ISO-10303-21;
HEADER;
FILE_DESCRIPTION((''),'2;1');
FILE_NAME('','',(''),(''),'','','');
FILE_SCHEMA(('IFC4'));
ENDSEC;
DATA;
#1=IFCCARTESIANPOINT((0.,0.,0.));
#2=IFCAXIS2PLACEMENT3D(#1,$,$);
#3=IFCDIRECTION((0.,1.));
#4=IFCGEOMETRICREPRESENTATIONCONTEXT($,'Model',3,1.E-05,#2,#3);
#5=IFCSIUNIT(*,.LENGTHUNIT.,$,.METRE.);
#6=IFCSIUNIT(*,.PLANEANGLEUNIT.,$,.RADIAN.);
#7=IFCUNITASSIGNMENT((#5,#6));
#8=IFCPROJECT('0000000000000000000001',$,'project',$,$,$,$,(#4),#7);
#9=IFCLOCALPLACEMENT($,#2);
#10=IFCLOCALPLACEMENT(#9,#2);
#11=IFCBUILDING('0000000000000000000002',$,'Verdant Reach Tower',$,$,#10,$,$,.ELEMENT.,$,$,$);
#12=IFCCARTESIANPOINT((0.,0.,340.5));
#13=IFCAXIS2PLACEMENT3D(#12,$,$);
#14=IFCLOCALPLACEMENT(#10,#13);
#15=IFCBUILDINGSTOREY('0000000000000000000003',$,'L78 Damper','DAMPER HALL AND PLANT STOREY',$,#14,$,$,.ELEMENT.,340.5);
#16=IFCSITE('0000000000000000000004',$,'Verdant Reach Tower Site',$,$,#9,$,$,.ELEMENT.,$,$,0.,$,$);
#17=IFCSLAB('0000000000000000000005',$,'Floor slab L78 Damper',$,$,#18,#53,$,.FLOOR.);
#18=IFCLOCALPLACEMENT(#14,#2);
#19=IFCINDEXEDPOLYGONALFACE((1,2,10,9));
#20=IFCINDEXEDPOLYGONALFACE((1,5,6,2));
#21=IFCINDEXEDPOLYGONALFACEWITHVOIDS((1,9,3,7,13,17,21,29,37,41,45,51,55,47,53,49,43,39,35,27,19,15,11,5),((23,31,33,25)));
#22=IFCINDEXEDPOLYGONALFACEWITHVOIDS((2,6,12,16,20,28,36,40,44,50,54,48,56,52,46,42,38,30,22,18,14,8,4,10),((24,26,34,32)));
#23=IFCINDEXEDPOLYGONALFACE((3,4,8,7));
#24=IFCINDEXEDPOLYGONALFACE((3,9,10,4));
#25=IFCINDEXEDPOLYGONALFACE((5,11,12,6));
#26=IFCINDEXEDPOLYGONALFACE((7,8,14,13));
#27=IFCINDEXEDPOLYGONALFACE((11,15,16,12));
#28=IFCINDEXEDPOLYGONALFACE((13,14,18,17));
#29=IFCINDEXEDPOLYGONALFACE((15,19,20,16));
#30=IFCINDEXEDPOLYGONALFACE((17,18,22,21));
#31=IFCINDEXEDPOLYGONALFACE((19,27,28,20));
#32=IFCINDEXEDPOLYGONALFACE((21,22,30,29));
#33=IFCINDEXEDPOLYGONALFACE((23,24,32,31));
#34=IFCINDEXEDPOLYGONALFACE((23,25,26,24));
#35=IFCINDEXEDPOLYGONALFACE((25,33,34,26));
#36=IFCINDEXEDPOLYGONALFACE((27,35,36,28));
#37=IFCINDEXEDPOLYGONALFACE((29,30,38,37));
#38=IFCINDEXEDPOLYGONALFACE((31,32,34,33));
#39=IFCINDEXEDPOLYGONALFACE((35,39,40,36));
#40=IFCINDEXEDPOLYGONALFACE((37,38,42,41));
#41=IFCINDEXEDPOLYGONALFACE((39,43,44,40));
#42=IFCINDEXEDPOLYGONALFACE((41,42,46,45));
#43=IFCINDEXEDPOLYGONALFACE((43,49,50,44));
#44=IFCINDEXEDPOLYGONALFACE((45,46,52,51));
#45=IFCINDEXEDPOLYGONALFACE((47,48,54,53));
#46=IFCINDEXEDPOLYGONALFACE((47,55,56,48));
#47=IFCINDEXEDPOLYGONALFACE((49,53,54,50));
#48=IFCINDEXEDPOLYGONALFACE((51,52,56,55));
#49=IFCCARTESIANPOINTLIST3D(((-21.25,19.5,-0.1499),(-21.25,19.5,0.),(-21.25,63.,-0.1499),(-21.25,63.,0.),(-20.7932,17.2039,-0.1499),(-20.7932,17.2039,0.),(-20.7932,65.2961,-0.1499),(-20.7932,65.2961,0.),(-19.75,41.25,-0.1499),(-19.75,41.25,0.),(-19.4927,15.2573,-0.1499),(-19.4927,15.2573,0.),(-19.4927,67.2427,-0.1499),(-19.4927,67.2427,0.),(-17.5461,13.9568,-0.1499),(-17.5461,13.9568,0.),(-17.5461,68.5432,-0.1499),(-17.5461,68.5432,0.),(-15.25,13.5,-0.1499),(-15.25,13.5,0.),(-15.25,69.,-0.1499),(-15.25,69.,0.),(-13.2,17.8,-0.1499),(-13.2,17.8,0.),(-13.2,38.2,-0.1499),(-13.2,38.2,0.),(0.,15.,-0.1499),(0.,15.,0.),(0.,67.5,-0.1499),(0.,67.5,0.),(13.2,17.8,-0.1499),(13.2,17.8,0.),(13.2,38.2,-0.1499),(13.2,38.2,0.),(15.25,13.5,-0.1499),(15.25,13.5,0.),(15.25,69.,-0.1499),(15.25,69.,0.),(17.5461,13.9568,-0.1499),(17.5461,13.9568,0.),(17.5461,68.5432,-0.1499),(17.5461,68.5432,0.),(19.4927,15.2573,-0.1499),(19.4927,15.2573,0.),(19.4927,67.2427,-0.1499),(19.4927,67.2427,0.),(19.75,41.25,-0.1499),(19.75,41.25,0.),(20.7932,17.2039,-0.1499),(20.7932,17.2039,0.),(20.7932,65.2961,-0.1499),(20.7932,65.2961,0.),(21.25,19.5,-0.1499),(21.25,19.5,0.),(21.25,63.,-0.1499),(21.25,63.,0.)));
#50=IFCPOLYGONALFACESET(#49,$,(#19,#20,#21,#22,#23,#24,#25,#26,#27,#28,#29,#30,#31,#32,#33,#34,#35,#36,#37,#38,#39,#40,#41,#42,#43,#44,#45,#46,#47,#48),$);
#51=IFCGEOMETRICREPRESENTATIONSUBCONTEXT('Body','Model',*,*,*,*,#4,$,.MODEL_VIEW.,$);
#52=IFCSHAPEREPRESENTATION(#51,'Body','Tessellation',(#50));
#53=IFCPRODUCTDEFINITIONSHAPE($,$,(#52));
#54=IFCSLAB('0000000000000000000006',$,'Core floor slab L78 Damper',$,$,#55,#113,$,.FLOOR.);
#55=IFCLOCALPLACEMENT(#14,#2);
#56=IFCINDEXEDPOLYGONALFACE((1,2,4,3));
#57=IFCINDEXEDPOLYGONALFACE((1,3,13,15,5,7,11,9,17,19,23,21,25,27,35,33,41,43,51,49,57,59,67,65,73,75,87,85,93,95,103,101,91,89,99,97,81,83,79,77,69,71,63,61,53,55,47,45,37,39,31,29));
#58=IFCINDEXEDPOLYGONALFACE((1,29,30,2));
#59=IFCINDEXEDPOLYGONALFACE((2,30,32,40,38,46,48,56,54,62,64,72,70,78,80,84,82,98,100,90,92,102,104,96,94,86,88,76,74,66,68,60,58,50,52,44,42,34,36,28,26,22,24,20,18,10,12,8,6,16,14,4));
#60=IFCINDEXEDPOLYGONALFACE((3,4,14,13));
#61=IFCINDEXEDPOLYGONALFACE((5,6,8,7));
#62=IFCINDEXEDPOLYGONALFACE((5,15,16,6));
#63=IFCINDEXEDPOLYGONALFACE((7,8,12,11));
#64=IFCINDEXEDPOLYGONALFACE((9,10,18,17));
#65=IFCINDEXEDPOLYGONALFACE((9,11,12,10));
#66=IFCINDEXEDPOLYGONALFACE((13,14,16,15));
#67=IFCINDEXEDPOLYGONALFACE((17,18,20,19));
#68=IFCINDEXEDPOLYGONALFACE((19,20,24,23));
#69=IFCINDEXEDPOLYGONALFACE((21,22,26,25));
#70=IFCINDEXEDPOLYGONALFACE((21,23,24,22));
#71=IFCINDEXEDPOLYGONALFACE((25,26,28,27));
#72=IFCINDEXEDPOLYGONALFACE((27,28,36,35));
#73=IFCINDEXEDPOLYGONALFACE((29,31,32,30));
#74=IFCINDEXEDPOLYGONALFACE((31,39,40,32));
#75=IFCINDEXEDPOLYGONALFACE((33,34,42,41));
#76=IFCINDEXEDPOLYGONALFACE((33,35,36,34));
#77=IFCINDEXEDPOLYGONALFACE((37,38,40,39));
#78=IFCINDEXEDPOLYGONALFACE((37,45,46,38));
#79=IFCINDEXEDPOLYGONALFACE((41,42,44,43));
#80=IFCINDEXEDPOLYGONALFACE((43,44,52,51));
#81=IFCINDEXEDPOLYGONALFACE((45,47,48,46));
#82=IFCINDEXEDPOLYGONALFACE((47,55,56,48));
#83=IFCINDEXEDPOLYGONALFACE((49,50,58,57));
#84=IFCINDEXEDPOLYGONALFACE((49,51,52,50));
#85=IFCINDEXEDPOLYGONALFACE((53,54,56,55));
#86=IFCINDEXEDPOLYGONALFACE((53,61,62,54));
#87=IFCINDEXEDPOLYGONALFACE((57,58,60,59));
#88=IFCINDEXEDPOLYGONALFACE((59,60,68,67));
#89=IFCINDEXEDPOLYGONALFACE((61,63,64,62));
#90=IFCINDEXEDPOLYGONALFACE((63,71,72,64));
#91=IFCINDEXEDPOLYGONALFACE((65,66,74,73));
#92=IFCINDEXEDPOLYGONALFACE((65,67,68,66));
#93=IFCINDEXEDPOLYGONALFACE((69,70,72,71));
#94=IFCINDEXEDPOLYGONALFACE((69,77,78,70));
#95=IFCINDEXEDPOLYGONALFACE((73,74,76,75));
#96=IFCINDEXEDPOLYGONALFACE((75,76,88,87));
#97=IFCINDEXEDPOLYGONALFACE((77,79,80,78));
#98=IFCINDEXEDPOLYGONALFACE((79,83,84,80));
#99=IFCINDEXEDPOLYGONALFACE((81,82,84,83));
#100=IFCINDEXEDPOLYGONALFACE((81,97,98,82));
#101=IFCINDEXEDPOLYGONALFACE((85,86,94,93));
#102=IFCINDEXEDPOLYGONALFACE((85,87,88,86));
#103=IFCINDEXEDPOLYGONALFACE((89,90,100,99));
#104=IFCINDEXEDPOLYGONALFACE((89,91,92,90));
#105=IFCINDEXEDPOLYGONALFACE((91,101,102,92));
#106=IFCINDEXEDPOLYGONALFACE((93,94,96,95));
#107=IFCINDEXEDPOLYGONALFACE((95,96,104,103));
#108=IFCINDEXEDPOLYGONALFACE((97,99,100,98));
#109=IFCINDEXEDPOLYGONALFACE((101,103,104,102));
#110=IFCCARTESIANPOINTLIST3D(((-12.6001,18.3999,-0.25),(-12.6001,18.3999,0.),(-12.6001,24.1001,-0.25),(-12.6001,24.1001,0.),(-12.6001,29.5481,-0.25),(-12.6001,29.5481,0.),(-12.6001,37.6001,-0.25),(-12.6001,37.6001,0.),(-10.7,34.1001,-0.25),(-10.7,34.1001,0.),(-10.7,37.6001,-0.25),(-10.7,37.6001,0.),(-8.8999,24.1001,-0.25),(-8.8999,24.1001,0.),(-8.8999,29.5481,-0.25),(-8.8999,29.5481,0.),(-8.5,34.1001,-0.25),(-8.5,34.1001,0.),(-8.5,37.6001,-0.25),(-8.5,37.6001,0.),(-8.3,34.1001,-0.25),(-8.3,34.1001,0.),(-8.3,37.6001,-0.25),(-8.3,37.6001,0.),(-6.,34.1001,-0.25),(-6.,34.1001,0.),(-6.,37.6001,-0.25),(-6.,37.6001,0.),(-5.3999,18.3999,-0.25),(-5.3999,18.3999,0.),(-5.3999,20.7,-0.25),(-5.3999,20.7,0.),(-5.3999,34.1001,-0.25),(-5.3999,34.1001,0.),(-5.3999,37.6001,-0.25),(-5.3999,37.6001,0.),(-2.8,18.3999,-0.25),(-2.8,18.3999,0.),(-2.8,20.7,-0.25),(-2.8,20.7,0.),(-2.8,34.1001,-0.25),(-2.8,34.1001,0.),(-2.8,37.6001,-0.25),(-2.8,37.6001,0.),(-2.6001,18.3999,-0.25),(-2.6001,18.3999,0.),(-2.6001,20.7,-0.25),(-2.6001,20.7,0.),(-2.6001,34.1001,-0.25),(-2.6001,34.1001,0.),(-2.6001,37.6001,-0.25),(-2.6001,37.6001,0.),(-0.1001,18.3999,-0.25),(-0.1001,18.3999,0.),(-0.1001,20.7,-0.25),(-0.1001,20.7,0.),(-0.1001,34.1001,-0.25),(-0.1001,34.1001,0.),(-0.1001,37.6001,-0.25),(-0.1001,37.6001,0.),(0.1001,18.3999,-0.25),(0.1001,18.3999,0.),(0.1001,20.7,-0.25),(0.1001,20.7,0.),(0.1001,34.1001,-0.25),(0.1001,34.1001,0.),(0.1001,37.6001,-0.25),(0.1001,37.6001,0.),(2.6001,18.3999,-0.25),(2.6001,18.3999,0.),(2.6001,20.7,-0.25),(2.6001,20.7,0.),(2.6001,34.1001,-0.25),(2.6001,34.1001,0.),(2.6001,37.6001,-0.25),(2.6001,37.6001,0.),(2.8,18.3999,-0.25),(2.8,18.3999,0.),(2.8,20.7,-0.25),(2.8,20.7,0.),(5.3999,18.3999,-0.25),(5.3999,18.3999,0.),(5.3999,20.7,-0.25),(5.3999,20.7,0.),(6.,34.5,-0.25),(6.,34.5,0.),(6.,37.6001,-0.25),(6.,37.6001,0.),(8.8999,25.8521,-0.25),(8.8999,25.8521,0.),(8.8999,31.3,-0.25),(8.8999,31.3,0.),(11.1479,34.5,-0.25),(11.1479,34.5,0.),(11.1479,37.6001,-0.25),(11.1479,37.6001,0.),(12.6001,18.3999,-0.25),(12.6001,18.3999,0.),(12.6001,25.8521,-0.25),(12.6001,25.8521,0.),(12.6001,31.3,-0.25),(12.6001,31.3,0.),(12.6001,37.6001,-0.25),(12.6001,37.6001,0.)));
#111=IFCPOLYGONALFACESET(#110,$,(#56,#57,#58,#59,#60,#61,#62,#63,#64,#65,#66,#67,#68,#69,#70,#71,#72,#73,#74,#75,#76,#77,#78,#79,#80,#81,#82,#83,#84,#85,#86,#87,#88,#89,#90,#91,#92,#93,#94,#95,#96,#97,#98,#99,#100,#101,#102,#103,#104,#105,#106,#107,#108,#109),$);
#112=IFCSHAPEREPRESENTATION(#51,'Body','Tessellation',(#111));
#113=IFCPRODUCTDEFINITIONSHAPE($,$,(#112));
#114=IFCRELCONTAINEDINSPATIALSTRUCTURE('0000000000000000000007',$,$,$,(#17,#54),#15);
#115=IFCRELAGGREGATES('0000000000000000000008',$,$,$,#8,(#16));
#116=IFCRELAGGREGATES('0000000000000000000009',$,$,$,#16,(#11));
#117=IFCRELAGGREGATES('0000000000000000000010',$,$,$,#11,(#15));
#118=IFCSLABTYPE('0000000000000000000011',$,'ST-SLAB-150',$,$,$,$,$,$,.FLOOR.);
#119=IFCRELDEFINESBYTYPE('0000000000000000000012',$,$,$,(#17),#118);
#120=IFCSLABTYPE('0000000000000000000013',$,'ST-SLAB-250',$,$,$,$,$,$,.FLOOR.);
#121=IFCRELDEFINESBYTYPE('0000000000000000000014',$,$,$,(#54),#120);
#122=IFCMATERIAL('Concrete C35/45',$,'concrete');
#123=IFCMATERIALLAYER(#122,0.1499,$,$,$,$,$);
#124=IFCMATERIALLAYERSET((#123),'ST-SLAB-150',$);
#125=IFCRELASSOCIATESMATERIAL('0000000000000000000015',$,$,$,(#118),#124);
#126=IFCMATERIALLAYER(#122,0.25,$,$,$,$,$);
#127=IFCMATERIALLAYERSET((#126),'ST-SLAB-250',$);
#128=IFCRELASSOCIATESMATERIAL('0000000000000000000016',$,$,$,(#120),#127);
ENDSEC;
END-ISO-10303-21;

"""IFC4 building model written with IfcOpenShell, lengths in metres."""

from ifc_helpers import new_model, si_unit, direction, frame, origin, place, context, subcontext, project, spatial, polyline, outline, extrude, material, layer, layer_set, type_object, element, save


model = new_model("IFC4")

# Units and contexts
model_context = context("Model", 3, precision=1e-05, world=origin(), true_north=direction((0.0, 1.0)))
body_context = subcontext(model_context, "Body", "Model", "MODEL_VIEW")
ifc_project = project(units=[si_unit("LENGTHUNIT", "METRE"), si_unit("PLANEANGLEUNIT", "RADIAN")], contexts=[model_context])

# Site, building, storey
site_placement = place(None, origin())
site = spatial("IfcSite", under=ifc_project, at=site_placement, Name="Verdant Reach Tower Site", CompositionType="ELEMENT", RefElevation=0.0)
building_placement = place(site_placement, origin())
building = spatial("IfcBuilding", under=site, at=building_placement, Name="Verdant Reach Tower", CompositionType="ELEMENT")
storey_placement = place(building_placement, frame((0.0, 0.0, 340.5)))
storey = spatial("IfcBuildingStorey", under=building, at=storey_placement, Name="L78 Damper", Description="DAMPER HALL AND PLANT STOREY", CompositionType="ELEMENT", Elevation=340.5)

# Slabs
ifc_material_1 = material(Name="Concrete C35/45", Category="concrete")
ifc_layer_1 = layer(ifc_material_1, 0.1499)
ifc_layer_set_1 = layer_set([ifc_layer_1], Name="ST-SLAB-150")
slab_type_1 = type_object("IfcSlabType", Name="ST-SLAB-150", PredefinedType="FLOOR", material=ifc_layer_set_1)
slab_1_placement = place(storey_placement, frame((0.0, 0.0, -0.1499)))
element("IfcSlab", 1, at=slab_1_placement, inside=storey, type_object=slab_type_1, Name="Floor slab L78 Damper", PredefinedType="FLOOR", context=body_context, shape_type="SweptSolid", body=[
    extrude(outline(polyline([(0.0, 15.0), (-15.25, 13.5), (-17.5461, 13.9568), (-19.4927, 15.2573), (-20.7932, 17.2039), (-21.25, 19.5), (-19.75, 41.25), (-21.25, 63.0), (-20.7932, 65.2961), (-19.4927, 67.2427), (-17.5461, 68.5432), (-15.25, 69.0), (0.0, 67.5), (15.25, 69.0), (17.5461, 68.5432), (19.4927, 67.2427), (20.7932, 65.2961), (21.25, 63.0), (19.75, 41.25), (21.25, 19.5), (20.7932, 17.2039), (19.4927, 15.2573), (17.5461, 13.9568), (15.25, 13.5), (0.0, 15.0)]), holes=[polyline([(13.2, 38.2), (-13.2, 38.2), (-13.2, 17.8), (13.2, 17.8), (13.2, 38.2)])]), origin(), (0.0, 0.0, 1.0), 0.1499),
])
ifc_layer_2 = layer(ifc_material_1, 0.25)
ifc_layer_set_2 = layer_set([ifc_layer_2], Name="ST-SLAB-250")
slab_type_2 = type_object("IfcSlabType", Name="ST-SLAB-250", PredefinedType="FLOOR", material=ifc_layer_set_2)
slab_2_placement = place(storey_placement, frame((0.0, 0.0, -0.25)))
element("IfcSlab", 2, at=slab_2_placement, inside=storey, type_object=slab_type_2, Name="Core floor slab L78 Damper", PredefinedType="FLOOR", context=body_context, shape_type="SweptSolid", body=[
    extrude(outline(polyline([(12.6001, 18.3999), (5.3999, 18.3999), (5.3999, 20.7), (2.8, 20.7), (2.8, 18.3999), (2.6001, 18.3999), (2.6001, 20.7), (0.1001, 20.7), (0.1001, 18.3999), (-0.1001, 18.3999), (-0.1001, 20.7), (-2.6001, 20.7), (-2.6001, 18.3999), (-2.8, 18.3999), (-2.8, 20.7), (-5.3999, 20.7), (-5.3999, 18.3999), (-12.6001, 18.3999), (-12.6001, 24.1001), (-8.8999, 24.1001), (-8.8999, 29.5481), (-12.6001, 29.5481), (-12.6001, 37.6001), (-10.7, 37.6001), (-10.7, 34.1001), (-8.5, 34.1001), (-8.5, 37.6001), (-8.3, 37.6001), (-8.3, 34.1001), (-6.0, 34.1001), (-6.0, 37.6001), (-5.3999, 37.6001), (-5.3999, 34.1001), (-2.8, 34.1001), (-2.8, 37.6001), (-2.6001, 37.6001), (-2.6001, 34.1001), (-0.1001, 34.1001), (-0.1001, 37.6001), (0.1001, 37.6001), (0.1001, 34.1001), (2.6001, 34.1001), (2.6001, 37.6001), (6.0, 37.6001), (6.0, 34.5), (11.1479, 34.5), (11.1479, 37.6001), (12.6001, 37.6001), (12.6001, 31.3), (8.8999, 31.3), (8.8999, 25.8521), (12.6001, 25.8521), (12.6001, 18.3999)])), origin(), (0.0, 0.0, 1.0), 0.25),
])

save(model, "model.ifc")
